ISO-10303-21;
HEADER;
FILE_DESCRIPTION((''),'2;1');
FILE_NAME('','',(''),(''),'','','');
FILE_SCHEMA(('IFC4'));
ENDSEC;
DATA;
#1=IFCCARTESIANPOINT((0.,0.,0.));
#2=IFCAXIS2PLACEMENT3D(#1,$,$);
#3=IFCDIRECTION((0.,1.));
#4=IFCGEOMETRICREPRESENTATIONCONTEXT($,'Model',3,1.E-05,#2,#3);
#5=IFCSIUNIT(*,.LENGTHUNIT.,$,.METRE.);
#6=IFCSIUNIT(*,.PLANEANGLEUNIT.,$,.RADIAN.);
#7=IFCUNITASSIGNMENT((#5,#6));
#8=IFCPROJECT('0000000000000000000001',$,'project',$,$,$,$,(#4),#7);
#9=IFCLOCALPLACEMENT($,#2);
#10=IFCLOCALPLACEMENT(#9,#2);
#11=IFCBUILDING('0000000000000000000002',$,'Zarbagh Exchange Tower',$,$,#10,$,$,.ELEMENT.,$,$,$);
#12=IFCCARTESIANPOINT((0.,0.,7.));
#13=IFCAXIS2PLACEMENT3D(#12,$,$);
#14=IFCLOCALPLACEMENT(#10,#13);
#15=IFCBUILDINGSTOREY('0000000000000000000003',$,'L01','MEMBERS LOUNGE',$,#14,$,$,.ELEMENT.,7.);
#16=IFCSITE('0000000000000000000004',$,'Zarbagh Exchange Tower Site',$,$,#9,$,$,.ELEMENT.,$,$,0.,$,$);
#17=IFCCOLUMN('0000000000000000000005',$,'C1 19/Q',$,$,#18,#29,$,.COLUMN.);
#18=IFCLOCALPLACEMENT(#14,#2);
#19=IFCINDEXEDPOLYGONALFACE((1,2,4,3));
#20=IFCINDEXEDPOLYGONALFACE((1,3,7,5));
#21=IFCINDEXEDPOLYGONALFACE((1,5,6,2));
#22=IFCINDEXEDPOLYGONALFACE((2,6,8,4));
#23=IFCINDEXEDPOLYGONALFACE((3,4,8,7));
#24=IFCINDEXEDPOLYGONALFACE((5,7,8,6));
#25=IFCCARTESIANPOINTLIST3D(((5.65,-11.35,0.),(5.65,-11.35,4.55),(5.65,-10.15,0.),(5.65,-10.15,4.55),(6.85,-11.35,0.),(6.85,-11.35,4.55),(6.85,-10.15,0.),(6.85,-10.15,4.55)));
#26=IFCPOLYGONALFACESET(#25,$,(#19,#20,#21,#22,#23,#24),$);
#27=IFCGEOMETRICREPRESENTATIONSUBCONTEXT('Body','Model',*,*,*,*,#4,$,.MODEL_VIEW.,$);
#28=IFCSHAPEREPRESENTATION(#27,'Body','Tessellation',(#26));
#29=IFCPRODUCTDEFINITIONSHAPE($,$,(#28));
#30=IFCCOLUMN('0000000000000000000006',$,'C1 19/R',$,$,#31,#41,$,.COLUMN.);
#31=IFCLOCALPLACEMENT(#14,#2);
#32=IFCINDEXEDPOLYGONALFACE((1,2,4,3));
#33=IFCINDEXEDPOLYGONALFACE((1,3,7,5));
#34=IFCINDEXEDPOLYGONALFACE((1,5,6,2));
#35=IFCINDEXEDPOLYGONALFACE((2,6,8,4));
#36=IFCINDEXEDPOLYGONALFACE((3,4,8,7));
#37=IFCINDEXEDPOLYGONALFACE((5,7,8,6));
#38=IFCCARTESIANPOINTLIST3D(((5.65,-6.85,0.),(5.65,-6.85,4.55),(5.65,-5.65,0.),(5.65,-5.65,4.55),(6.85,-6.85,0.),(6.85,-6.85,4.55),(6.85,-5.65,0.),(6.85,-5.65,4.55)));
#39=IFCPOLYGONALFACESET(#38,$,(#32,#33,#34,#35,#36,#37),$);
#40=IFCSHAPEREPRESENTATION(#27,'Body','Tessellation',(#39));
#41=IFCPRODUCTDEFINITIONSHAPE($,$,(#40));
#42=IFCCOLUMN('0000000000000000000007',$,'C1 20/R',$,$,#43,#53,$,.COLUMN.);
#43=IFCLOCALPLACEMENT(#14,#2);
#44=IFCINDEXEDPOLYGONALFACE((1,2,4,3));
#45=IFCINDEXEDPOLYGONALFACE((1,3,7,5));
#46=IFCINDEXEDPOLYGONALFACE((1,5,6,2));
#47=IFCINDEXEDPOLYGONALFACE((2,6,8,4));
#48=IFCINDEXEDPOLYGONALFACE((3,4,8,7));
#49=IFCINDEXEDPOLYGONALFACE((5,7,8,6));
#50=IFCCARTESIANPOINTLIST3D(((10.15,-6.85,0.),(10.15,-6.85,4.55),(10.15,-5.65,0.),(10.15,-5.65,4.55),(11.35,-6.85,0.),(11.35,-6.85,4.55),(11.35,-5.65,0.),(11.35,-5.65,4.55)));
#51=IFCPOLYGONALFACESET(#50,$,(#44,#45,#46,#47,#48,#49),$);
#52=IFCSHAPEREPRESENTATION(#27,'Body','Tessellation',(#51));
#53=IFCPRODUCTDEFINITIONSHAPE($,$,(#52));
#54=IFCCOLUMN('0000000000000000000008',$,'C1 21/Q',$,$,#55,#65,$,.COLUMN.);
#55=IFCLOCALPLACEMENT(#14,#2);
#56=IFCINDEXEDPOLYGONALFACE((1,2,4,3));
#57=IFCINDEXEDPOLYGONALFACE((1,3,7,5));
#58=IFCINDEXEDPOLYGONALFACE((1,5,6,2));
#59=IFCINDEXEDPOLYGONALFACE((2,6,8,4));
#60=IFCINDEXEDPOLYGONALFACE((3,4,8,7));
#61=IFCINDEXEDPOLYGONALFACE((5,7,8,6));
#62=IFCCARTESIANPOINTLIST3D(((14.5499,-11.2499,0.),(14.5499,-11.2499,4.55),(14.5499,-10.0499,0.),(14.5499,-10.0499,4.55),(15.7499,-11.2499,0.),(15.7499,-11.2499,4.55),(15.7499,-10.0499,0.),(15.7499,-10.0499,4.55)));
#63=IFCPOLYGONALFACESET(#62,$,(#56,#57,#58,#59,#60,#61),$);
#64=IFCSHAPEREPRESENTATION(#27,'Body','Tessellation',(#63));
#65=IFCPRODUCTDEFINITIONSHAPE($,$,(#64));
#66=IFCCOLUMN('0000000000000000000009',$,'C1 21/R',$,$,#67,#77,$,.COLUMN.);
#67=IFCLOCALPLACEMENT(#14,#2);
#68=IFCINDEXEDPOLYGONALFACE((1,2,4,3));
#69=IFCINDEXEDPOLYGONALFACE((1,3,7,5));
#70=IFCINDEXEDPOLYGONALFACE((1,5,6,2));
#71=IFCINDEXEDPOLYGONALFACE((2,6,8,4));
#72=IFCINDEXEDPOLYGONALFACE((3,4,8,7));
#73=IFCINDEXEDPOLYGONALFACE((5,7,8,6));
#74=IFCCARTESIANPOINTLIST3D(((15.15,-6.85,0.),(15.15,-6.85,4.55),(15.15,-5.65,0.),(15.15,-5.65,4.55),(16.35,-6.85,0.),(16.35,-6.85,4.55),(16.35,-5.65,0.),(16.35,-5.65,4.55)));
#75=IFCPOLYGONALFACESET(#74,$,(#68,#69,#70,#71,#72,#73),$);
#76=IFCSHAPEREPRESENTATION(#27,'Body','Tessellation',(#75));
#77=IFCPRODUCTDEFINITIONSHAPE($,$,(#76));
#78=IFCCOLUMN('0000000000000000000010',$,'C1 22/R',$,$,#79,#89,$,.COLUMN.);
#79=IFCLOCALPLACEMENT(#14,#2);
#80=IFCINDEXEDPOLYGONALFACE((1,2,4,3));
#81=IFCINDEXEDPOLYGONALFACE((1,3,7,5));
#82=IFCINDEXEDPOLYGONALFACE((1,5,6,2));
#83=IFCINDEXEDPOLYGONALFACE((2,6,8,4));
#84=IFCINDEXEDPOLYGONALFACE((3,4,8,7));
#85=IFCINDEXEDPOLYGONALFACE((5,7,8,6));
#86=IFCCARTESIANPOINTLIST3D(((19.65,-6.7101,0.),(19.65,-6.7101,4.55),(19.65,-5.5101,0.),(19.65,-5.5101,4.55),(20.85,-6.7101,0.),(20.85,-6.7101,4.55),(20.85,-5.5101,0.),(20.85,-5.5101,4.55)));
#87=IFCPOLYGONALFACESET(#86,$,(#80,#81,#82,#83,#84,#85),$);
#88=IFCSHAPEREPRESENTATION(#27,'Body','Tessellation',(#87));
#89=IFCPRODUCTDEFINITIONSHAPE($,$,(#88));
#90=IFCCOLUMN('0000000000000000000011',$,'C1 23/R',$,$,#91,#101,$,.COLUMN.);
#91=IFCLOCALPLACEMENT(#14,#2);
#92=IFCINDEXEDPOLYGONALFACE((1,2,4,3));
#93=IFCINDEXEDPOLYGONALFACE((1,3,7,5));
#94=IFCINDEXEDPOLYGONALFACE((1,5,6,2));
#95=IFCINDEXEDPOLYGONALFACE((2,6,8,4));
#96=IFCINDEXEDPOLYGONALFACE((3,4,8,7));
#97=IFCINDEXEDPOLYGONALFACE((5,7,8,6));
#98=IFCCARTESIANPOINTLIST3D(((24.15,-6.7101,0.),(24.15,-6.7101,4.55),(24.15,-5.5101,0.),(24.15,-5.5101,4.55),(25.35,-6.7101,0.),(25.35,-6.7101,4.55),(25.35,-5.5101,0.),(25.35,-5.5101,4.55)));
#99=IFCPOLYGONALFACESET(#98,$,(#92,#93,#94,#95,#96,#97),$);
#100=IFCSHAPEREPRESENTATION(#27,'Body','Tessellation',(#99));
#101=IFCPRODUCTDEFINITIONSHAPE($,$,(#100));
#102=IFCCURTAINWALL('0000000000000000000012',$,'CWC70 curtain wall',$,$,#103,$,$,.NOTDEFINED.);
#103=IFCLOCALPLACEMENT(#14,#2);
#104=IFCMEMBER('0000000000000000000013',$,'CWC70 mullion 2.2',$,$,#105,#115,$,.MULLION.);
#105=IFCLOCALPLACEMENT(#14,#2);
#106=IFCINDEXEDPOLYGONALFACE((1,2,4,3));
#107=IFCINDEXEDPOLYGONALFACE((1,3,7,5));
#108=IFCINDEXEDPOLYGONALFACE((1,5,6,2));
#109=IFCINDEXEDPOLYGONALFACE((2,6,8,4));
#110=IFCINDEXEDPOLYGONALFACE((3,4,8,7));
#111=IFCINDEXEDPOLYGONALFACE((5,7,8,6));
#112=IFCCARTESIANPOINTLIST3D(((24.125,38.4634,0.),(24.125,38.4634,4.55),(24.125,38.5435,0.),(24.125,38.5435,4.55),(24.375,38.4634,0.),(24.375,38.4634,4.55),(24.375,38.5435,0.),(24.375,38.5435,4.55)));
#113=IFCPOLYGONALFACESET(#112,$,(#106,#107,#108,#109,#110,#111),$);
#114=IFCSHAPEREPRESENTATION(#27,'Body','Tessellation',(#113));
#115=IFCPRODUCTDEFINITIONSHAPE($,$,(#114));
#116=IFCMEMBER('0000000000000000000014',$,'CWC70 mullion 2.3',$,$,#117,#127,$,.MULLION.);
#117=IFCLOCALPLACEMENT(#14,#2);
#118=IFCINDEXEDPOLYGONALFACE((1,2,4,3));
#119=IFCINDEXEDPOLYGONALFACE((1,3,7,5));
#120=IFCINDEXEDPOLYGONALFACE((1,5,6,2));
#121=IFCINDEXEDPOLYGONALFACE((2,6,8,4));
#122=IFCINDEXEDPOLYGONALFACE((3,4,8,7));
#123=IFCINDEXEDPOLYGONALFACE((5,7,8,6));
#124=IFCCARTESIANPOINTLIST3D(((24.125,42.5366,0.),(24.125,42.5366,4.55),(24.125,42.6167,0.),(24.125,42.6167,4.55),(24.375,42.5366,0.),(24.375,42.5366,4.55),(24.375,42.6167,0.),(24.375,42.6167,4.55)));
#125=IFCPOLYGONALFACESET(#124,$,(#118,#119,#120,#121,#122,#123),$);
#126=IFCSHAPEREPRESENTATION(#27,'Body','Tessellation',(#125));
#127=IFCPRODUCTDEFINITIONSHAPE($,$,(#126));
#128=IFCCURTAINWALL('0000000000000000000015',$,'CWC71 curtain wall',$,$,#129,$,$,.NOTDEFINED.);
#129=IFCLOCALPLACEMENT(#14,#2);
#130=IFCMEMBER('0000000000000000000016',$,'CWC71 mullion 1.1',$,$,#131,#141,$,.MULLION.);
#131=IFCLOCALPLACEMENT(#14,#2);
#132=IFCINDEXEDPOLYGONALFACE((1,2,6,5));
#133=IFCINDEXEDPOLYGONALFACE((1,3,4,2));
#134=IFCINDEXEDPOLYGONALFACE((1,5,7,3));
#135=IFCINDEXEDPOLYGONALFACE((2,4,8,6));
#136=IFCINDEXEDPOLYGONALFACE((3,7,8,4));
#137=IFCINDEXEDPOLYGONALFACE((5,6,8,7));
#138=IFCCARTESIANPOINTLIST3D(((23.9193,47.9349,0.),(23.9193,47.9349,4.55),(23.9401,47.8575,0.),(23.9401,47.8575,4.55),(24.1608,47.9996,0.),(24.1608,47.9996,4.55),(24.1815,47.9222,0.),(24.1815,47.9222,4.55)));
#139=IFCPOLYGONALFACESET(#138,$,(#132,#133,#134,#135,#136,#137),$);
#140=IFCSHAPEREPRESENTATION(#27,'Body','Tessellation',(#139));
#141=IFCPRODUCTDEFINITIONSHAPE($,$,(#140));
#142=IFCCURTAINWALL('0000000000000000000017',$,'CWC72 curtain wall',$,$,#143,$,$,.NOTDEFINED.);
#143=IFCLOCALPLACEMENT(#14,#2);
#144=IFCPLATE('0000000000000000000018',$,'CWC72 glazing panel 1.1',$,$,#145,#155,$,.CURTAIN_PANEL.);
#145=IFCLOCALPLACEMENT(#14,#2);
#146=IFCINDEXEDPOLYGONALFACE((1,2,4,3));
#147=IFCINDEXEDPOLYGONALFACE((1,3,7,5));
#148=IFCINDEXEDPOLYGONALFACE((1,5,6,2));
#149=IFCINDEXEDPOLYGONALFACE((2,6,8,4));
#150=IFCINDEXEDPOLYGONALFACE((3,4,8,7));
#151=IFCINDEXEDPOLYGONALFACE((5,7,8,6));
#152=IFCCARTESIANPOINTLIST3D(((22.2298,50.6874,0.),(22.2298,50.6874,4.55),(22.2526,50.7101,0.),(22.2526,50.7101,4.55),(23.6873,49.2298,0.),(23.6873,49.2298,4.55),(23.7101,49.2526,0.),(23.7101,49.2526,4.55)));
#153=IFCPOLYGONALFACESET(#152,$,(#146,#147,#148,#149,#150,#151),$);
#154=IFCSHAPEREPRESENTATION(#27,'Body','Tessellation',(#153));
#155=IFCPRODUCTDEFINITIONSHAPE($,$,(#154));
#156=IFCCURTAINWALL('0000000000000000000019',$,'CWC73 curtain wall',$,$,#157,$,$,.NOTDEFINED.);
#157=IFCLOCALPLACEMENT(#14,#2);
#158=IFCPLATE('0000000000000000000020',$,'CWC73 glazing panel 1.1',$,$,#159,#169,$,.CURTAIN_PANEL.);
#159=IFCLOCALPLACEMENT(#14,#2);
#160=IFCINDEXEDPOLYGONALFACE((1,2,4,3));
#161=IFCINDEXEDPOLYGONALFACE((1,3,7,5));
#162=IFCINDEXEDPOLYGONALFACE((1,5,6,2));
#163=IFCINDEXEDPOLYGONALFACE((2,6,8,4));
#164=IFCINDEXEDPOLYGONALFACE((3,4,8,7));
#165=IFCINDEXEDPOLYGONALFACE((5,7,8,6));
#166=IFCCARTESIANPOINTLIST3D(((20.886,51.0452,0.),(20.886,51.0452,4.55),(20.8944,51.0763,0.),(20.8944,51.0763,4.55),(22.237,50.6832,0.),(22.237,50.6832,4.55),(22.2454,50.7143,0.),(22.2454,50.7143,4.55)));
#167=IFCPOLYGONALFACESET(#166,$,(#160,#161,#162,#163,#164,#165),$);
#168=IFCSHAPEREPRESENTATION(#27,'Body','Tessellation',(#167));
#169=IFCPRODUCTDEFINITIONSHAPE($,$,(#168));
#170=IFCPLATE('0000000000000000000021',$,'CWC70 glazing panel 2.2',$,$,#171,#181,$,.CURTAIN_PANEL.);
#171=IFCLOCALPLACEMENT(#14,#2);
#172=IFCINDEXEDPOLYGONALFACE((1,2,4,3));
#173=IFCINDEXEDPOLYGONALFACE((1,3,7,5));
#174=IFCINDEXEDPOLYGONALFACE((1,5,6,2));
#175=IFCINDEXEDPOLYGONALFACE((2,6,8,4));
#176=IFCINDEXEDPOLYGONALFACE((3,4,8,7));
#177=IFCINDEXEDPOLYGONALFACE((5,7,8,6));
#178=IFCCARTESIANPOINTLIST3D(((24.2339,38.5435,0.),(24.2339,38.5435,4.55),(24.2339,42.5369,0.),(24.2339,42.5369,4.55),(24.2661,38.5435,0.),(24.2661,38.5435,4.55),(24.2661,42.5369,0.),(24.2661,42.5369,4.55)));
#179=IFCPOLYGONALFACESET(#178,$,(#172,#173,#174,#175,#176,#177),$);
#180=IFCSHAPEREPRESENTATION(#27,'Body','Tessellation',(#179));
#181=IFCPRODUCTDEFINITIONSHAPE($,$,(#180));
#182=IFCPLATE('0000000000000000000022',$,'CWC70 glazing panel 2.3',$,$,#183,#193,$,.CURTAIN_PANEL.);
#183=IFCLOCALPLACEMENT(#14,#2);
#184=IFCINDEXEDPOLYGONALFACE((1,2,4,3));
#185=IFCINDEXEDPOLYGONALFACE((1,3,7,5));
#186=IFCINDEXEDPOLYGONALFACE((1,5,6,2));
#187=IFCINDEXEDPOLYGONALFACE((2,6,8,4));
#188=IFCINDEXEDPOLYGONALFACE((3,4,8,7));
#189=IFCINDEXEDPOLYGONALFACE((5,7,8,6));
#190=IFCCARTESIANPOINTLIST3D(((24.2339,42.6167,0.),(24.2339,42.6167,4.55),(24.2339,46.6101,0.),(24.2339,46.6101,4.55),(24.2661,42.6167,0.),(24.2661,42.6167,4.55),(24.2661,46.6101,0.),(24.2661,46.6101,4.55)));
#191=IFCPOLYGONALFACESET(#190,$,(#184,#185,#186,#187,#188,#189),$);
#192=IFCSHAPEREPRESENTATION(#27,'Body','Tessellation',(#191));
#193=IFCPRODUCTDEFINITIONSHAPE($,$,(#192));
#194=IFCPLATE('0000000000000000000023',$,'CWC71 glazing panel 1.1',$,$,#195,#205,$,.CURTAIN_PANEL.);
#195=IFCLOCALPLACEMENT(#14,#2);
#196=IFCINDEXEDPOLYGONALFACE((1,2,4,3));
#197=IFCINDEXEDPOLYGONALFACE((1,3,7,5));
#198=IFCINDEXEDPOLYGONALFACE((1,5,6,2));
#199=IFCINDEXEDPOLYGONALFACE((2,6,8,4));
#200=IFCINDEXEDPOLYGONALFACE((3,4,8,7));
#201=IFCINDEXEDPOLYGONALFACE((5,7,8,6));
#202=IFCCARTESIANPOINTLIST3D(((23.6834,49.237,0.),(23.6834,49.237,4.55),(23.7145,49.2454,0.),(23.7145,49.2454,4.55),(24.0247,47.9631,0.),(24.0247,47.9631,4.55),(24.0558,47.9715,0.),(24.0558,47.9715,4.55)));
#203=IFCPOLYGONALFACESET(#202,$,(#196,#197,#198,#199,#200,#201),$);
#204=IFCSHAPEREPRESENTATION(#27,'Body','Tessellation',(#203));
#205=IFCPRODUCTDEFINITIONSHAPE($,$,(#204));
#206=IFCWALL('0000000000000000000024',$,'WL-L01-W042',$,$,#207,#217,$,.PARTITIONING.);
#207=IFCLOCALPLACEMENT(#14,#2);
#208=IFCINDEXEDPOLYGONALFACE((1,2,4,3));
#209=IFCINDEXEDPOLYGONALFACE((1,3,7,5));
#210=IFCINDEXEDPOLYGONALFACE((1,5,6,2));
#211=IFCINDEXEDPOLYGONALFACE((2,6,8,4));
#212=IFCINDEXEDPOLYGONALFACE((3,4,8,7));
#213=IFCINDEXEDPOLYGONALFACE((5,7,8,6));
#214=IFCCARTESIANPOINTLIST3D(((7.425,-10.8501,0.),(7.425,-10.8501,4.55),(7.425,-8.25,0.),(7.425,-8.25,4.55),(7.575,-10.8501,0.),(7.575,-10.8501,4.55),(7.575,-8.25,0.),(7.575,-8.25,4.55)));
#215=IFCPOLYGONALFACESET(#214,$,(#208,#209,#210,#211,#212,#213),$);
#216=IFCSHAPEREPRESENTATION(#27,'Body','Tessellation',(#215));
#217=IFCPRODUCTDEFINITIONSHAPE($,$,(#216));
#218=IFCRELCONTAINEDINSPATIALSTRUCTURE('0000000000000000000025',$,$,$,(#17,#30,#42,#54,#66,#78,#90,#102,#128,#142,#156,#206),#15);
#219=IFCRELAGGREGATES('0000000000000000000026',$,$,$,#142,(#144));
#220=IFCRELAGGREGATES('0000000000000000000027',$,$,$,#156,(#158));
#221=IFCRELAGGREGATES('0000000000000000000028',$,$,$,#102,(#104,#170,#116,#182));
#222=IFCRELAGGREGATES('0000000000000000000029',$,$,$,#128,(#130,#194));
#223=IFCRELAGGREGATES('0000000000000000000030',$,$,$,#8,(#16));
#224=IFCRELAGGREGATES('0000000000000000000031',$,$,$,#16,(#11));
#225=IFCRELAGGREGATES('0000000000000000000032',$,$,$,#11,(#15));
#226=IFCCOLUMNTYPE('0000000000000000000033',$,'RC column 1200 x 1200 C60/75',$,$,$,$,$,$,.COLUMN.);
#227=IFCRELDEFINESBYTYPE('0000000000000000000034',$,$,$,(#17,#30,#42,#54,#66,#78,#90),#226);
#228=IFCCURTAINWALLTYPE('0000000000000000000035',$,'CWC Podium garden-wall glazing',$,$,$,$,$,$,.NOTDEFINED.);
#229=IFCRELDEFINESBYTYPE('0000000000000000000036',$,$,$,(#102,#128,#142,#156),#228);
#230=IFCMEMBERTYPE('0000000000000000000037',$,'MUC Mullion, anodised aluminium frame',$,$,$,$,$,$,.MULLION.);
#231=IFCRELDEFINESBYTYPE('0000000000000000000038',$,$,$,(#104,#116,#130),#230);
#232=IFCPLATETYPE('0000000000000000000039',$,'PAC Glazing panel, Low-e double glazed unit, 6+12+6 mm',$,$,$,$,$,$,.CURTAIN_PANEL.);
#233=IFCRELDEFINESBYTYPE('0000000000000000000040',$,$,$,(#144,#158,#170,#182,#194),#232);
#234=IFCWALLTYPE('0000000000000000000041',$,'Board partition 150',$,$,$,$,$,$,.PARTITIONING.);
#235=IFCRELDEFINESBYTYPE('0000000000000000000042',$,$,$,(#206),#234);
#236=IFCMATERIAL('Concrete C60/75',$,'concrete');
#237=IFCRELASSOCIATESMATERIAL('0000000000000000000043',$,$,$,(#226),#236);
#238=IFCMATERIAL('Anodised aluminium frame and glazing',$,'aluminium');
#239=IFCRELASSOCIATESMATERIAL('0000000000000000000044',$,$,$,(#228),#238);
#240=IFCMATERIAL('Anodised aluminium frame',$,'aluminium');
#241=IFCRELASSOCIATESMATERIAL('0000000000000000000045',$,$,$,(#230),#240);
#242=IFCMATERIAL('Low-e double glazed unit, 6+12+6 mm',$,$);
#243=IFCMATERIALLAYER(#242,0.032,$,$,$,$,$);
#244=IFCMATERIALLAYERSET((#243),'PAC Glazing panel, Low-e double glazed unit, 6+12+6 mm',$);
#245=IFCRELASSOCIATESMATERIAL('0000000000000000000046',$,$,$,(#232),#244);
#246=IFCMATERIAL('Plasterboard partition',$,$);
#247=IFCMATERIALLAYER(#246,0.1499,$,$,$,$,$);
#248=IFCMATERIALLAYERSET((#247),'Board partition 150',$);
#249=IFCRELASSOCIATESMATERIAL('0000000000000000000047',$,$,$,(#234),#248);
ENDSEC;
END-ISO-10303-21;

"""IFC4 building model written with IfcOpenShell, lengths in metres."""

from ifc_helpers import new_model, si_unit, direction, frame, frame_2d, origin, origin_2d, place, context, subcontext, project, spatial, polyline, rectangle, outline, extrude, source, transform, mapped, material, layer, layer_set, material_profile, profile_set, type_object, element, aggregate, save


model = new_model("IFC4")

# Units and contexts
model_context = context("Model", 3, precision=1e-05, world=origin(), true_north=direction((0.0, 1.0)))
body_context = subcontext(model_context, "Body", "Model", "MODEL_VIEW")
ifc_project = project(units=[si_unit("LENGTHUNIT", "METRE"), si_unit("PLANEANGLEUNIT", "RADIAN")], contexts=[model_context])

# Site, building, storey
site_placement = place(None, origin())
site = spatial("IfcSite", under=ifc_project, at=site_placement, Name="Zarbagh Exchange Tower Site", CompositionType="ELEMENT", RefElevation=0.0)
building_placement = place(site_placement, origin())
building = spatial("IfcBuilding", under=site, at=building_placement, Name="Zarbagh Exchange Tower", CompositionType="ELEMENT")
storey_placement = place(building_placement, frame((0.0, 0.0, 7.0)))
storey = spatial("IfcBuildingStorey", under=building, at=storey_placement, Name="L01", Description="MEMBERS LOUNGE", CompositionType="ELEMENT", Elevation=7.0)

# Columns
ifc_material_1 = material(Name="Concrete C60/75", Category="concrete")
ifc_material_profile = material_profile(ifc_material_1, rectangle(XDim=1.2, YDim=1.2, at=origin_2d()), Name="RC column 1200 x 1200 C60/75")
ifc_profile_set = profile_set([ifc_material_profile], Name="Concrete C60/75")
column_type = type_object("IfcColumnType", Name="RC column 1200 x 1200 C60/75", PredefinedType="COLUMN", material=ifc_profile_set)
for number, where, z_axis, x_axis, name in (
    (1, (6.25, -10.75, 0.0), (0.0, 0.0, 1.0), (1.0, 0.0, 0.0), "C1 19/Q"),
    (2, (6.25, -6.25, 0.0), (0.0, 0.0, 1.0), (1.0, 0.0, 0.0), "C1 19/R"),
    (3, (10.75, -6.25, 0.0), (0.0, 0.0, 1.0), (1.0, 0.0, 0.0), "C1 20/R"),
    (4, (15.1499, -10.6499, 0.0), (0.0, 0.0, 1.0), (1.0, 0.0, 0.0), "C1 21/Q"),
    (5, (15.75, -6.25, 0.0), (0.0, 0.0, 1.0), (1.0, 0.0, 0.0), "C1 21/R"),
    (6, (20.25, -6.1101, 0.0), (0.0, 0.0, 1.0), (1.0, 0.0, 0.0), "C1 22/R"),
    (7, (24.75, -6.1101, 0.0), (0.0, 0.0, 1.0), (1.0, 0.0, 0.0), "C1 23/R"),
):
    element("IfcColumn", number, at=place(storey_placement, frame(where, z_axis=z_axis, x_axis=x_axis)), inside=storey, type_object=column_type, Name=name, PredefinedType="COLUMN", context=body_context, shape_type="SweptSolid", body=[
        extrude(rectangle(XDim=1.2, YDim=1.2, at=origin_2d()), origin(), (0.0, 0.0, 1.0), 4.55),
    ])

# Curtain wall, members
ifc_material_2 = material(Name="Anodised aluminium frame and glazing", Category="aluminium")
curtain_wall_type = type_object("IfcCurtainWallType", Name="CWC Podium garden-wall glazing", PredefinedType="NOTDEFINED", material=ifc_material_2)
curtain_wall_1_placement = place(storey_placement, origin())
curtain_wall_1 = element("IfcCurtainWall", 8, at=curtain_wall_1_placement, inside=storey, type_object=curtain_wall_type, Name="CWC70 curtain wall", PredefinedType="NOTDEFINED")
ifc_material_3 = material(Name="Anodised aluminium frame", Category="aluminium")
member_type = type_object("IfcMemberType", Name="MUC Mullion, anodised aluminium frame", PredefinedType="MULLION", material=ifc_material_3)
shared_shape_1 = source(origin(), body_context, "Body", "SweptSolid", [
    extrude(outline(polyline([(0.0, -0.125), (0.0801, -0.125), (0.0801, 0.125), (0.0, 0.125), (0.0, -0.125)])), origin(), (0.0, 0.0, 1.0), 4.55),
])
placement = place(storey_placement, origin())
member_1 = element("IfcMember", 9, at=placement, type_object=member_type, Name="CWC70 mullion 2.2", PredefinedType="MULLION", context=body_context, shape_type="MappedRepresentation", body=[
    mapped(shared_shape_1, transform((24.25, 38.4634, 0.0), x_axis=(0.0, 1.0, 0.0), y_axis=(-1.0, 0.0, 0.0), z_axis=(0.0, 0.0, 1.0))),
])
member_2 = element("IfcMember", 10, at=placement, type_object=member_type, Name="CWC70 mullion 2.3", PredefinedType="MULLION", context=body_context, shape_type="MappedRepresentation", body=[
    mapped(shared_shape_1, transform((24.25, 42.5366, 0.0), x_axis=(0.0, 1.0, 0.0), y_axis=(-1.0, 0.0, 0.0), z_axis=(0.0, 0.0, 1.0))),
])

# Curtain wall, member
curtain_wall_2_placement = place(storey_placement, origin())
curtain_wall_2 = element("IfcCurtainWall", 11, at=curtain_wall_2_placement, inside=storey, type_object=curtain_wall_type, Name="CWC71 curtain wall", PredefinedType="NOTDEFINED")
member_3 = element("IfcMember", 12, at=placement, type_object=member_type, Name="CWC71 mullion 1.1", PredefinedType="MULLION", context=body_context, shape_type="MappedRepresentation", body=[
    mapped(shared_shape_1, transform((24.0608, 47.8899, 0.0), x_axis=(-0.258825, 0.965924, 0.0), y_axis=(-0.965924, -0.258825, 0.0), z_axis=(0.0, 0.0, 1.0))),
])

# Curtain walls, plates
curtain_wall_3_placement = place(storey_placement, origin())
curtain_wall_3 = element("IfcCurtainWall", 13, at=curtain_wall_3_placement, inside=storey, type_object=curtain_wall_type, Name="CWC72 curtain wall", PredefinedType="NOTDEFINED")
ifc_material_4 = material(Name="Low-e double glazed unit, 6+12+6 mm")
ifc_layer_1 = layer(ifc_material_4, 0.032)
ifc_layer_set_1 = layer_set([ifc_layer_1], Name="PAC Glazing panel, Low-e double glazed unit, 6+12+6 mm")
plate_type = type_object("IfcPlateType", Name="PAC Glazing panel, Low-e double glazed unit, 6+12+6 mm", PredefinedType="CURTAIN_PANEL", material=ifc_layer_set_1)
shared_shape_2 = source(origin(), body_context, "Body", "SweptSolid", [
    extrude(outline(polyline([(0.0, -0.0161), (2.0613, -0.0161), (2.0613, 0.0161), (0.0, 0.0161), (0.0, -0.0161)])), origin(), (0.0, 0.0, 1.0), 4.55),
])
plate_1 = element("IfcPlate", 14, at=placement, type_object=plate_type, Name="CWC72 glazing panel 1.1", PredefinedType="CURTAIN_PANEL", context=body_context, shape_type="MappedRepresentation", body=[
    mapped(shared_shape_2, transform((23.6987, 49.2412, 0.0), x_axis=(-0.707107, 0.707107, 0.0), y_axis=(-0.707107, -0.707107, 0.0), z_axis=(0.0, 0.0, 1.0))),
])
aggregate(curtain_wall_3, [plate_1])
curtain_wall_4_placement = place(storey_placement, origin())
curtain_wall_4 = element("IfcCurtainWall", 15, at=curtain_wall_4_placement, inside=storey, type_object=curtain_wall_type, Name="CWC73 curtain wall", PredefinedType="NOTDEFINED")
shared_shape_3 = source(origin(), body_context, "Body", "SweptSolid", [
    extrude(outline(polyline([(0.0, -0.0161), (1.3987, -0.0161), (1.3987, 0.0161), (0.0, 0.0161), (0.0, -0.0161)])), origin(), (0.0, 0.0, 1.0), 4.55),
])
plate_2 = element("IfcPlate", 16, at=placement, type_object=plate_type, Name="CWC73 glazing panel 1.1", PredefinedType="CURTAIN_PANEL", context=body_context, shape_type="MappedRepresentation", body=[
    mapped(shared_shape_3, transform((22.2412, 50.6987, 0.0), x_axis=(-0.965924, 0.258825, 0.0), y_axis=(-0.258825, -0.965924, 0.0), z_axis=(0.0, 0.0, 1.0))),
])
aggregate(curtain_wall_4, [plate_2])

# Plates
shared_shape_4 = source(origin(), body_context, "Body", "SweptSolid", [
    extrude(outline(polyline([(0.0, -0.0161), (3.9934, -0.0161), (3.9934, 0.0161), (0.0, 0.0161), (0.0, -0.0161)])), origin(), (0.0, 0.0, 1.0), 4.55),
])
plate_3 = element("IfcPlate", 17, at=placement, type_object=plate_type, Name="CWC70 glazing panel 2.2", PredefinedType="CURTAIN_PANEL", context=body_context, shape_type="MappedRepresentation", body=[
    mapped(shared_shape_4, transform((24.25, 38.5435, 0.0), x_axis=(0.0, 1.0, 0.0), y_axis=(-1.0, 0.0, 0.0), z_axis=(0.0, 0.0, 1.0))),
])
plate_4 = element("IfcPlate", 18, at=placement, type_object=plate_type, Name="CWC70 glazing panel 2.3", PredefinedType="CURTAIN_PANEL", context=body_context, shape_type="MappedRepresentation", body=[
    mapped(shared_shape_4, transform((24.25, 42.6167, 0.0), x_axis=(0.0, 1.0, 0.0), y_axis=(-1.0, 0.0, 0.0), z_axis=(0.0, 0.0, 1.0))),
])
aggregate(curtain_wall_1, [member_1, plate_3, member_2, plate_4])
shared_shape_5 = source(origin(), body_context, "Body", "SweptSolid", [
    extrude(outline(polyline([(0.0, -0.0161), (1.3188, -0.0161), (1.3188, 0.0161), (0.0, 0.0161), (0.0, -0.0161)])), origin(), (0.0, 0.0, 1.0), 4.55),
])
plate_5 = element("IfcPlate", 19, at=placement, type_object=plate_type, Name="CWC71 glazing panel 1.1", PredefinedType="CURTAIN_PANEL", context=body_context, shape_type="MappedRepresentation", body=[
    mapped(shared_shape_5, transform((24.0403, 47.9673, 0.0), x_axis=(-0.258825, 0.965924, 0.0), y_axis=(-0.965924, -0.258825, 0.0), z_axis=(0.0, 0.0, 1.0))),
])
aggregate(curtain_wall_2, [member_3, plate_5])

# Wall
ifc_material_5 = material(Name="Plasterboard partition")
ifc_layer_2 = layer(ifc_material_5, 0.1499)
ifc_layer_set_2 = layer_set([ifc_layer_2], Name="Board partition 150")
wall_type_1 = type_object("IfcWallType", Name="Board partition 150", PredefinedType="PARTITIONING", material=ifc_layer_set_2)
wall_1_placement = place(storey_placement, frame((7.5, -10.8501, 0.0), z_axis=(0.0, 0.0, 1.0), x_axis=(0.0, 1.0, 0.0)))
element("IfcWall", 20, at=wall_1_placement, inside=storey, type_object=wall_type_1, Name="WL-L01-W042", PredefinedType="PARTITIONING", context=body_context, shape_type="SweptSolid", body=[
    extrude(rectangle(XDim=2.6001, YDim=0.1499, at=frame_2d((1.3, 0.0))), origin(), (0.0, 0.0, 1.0), 4.55),
])

save(model, "model.ifc")
